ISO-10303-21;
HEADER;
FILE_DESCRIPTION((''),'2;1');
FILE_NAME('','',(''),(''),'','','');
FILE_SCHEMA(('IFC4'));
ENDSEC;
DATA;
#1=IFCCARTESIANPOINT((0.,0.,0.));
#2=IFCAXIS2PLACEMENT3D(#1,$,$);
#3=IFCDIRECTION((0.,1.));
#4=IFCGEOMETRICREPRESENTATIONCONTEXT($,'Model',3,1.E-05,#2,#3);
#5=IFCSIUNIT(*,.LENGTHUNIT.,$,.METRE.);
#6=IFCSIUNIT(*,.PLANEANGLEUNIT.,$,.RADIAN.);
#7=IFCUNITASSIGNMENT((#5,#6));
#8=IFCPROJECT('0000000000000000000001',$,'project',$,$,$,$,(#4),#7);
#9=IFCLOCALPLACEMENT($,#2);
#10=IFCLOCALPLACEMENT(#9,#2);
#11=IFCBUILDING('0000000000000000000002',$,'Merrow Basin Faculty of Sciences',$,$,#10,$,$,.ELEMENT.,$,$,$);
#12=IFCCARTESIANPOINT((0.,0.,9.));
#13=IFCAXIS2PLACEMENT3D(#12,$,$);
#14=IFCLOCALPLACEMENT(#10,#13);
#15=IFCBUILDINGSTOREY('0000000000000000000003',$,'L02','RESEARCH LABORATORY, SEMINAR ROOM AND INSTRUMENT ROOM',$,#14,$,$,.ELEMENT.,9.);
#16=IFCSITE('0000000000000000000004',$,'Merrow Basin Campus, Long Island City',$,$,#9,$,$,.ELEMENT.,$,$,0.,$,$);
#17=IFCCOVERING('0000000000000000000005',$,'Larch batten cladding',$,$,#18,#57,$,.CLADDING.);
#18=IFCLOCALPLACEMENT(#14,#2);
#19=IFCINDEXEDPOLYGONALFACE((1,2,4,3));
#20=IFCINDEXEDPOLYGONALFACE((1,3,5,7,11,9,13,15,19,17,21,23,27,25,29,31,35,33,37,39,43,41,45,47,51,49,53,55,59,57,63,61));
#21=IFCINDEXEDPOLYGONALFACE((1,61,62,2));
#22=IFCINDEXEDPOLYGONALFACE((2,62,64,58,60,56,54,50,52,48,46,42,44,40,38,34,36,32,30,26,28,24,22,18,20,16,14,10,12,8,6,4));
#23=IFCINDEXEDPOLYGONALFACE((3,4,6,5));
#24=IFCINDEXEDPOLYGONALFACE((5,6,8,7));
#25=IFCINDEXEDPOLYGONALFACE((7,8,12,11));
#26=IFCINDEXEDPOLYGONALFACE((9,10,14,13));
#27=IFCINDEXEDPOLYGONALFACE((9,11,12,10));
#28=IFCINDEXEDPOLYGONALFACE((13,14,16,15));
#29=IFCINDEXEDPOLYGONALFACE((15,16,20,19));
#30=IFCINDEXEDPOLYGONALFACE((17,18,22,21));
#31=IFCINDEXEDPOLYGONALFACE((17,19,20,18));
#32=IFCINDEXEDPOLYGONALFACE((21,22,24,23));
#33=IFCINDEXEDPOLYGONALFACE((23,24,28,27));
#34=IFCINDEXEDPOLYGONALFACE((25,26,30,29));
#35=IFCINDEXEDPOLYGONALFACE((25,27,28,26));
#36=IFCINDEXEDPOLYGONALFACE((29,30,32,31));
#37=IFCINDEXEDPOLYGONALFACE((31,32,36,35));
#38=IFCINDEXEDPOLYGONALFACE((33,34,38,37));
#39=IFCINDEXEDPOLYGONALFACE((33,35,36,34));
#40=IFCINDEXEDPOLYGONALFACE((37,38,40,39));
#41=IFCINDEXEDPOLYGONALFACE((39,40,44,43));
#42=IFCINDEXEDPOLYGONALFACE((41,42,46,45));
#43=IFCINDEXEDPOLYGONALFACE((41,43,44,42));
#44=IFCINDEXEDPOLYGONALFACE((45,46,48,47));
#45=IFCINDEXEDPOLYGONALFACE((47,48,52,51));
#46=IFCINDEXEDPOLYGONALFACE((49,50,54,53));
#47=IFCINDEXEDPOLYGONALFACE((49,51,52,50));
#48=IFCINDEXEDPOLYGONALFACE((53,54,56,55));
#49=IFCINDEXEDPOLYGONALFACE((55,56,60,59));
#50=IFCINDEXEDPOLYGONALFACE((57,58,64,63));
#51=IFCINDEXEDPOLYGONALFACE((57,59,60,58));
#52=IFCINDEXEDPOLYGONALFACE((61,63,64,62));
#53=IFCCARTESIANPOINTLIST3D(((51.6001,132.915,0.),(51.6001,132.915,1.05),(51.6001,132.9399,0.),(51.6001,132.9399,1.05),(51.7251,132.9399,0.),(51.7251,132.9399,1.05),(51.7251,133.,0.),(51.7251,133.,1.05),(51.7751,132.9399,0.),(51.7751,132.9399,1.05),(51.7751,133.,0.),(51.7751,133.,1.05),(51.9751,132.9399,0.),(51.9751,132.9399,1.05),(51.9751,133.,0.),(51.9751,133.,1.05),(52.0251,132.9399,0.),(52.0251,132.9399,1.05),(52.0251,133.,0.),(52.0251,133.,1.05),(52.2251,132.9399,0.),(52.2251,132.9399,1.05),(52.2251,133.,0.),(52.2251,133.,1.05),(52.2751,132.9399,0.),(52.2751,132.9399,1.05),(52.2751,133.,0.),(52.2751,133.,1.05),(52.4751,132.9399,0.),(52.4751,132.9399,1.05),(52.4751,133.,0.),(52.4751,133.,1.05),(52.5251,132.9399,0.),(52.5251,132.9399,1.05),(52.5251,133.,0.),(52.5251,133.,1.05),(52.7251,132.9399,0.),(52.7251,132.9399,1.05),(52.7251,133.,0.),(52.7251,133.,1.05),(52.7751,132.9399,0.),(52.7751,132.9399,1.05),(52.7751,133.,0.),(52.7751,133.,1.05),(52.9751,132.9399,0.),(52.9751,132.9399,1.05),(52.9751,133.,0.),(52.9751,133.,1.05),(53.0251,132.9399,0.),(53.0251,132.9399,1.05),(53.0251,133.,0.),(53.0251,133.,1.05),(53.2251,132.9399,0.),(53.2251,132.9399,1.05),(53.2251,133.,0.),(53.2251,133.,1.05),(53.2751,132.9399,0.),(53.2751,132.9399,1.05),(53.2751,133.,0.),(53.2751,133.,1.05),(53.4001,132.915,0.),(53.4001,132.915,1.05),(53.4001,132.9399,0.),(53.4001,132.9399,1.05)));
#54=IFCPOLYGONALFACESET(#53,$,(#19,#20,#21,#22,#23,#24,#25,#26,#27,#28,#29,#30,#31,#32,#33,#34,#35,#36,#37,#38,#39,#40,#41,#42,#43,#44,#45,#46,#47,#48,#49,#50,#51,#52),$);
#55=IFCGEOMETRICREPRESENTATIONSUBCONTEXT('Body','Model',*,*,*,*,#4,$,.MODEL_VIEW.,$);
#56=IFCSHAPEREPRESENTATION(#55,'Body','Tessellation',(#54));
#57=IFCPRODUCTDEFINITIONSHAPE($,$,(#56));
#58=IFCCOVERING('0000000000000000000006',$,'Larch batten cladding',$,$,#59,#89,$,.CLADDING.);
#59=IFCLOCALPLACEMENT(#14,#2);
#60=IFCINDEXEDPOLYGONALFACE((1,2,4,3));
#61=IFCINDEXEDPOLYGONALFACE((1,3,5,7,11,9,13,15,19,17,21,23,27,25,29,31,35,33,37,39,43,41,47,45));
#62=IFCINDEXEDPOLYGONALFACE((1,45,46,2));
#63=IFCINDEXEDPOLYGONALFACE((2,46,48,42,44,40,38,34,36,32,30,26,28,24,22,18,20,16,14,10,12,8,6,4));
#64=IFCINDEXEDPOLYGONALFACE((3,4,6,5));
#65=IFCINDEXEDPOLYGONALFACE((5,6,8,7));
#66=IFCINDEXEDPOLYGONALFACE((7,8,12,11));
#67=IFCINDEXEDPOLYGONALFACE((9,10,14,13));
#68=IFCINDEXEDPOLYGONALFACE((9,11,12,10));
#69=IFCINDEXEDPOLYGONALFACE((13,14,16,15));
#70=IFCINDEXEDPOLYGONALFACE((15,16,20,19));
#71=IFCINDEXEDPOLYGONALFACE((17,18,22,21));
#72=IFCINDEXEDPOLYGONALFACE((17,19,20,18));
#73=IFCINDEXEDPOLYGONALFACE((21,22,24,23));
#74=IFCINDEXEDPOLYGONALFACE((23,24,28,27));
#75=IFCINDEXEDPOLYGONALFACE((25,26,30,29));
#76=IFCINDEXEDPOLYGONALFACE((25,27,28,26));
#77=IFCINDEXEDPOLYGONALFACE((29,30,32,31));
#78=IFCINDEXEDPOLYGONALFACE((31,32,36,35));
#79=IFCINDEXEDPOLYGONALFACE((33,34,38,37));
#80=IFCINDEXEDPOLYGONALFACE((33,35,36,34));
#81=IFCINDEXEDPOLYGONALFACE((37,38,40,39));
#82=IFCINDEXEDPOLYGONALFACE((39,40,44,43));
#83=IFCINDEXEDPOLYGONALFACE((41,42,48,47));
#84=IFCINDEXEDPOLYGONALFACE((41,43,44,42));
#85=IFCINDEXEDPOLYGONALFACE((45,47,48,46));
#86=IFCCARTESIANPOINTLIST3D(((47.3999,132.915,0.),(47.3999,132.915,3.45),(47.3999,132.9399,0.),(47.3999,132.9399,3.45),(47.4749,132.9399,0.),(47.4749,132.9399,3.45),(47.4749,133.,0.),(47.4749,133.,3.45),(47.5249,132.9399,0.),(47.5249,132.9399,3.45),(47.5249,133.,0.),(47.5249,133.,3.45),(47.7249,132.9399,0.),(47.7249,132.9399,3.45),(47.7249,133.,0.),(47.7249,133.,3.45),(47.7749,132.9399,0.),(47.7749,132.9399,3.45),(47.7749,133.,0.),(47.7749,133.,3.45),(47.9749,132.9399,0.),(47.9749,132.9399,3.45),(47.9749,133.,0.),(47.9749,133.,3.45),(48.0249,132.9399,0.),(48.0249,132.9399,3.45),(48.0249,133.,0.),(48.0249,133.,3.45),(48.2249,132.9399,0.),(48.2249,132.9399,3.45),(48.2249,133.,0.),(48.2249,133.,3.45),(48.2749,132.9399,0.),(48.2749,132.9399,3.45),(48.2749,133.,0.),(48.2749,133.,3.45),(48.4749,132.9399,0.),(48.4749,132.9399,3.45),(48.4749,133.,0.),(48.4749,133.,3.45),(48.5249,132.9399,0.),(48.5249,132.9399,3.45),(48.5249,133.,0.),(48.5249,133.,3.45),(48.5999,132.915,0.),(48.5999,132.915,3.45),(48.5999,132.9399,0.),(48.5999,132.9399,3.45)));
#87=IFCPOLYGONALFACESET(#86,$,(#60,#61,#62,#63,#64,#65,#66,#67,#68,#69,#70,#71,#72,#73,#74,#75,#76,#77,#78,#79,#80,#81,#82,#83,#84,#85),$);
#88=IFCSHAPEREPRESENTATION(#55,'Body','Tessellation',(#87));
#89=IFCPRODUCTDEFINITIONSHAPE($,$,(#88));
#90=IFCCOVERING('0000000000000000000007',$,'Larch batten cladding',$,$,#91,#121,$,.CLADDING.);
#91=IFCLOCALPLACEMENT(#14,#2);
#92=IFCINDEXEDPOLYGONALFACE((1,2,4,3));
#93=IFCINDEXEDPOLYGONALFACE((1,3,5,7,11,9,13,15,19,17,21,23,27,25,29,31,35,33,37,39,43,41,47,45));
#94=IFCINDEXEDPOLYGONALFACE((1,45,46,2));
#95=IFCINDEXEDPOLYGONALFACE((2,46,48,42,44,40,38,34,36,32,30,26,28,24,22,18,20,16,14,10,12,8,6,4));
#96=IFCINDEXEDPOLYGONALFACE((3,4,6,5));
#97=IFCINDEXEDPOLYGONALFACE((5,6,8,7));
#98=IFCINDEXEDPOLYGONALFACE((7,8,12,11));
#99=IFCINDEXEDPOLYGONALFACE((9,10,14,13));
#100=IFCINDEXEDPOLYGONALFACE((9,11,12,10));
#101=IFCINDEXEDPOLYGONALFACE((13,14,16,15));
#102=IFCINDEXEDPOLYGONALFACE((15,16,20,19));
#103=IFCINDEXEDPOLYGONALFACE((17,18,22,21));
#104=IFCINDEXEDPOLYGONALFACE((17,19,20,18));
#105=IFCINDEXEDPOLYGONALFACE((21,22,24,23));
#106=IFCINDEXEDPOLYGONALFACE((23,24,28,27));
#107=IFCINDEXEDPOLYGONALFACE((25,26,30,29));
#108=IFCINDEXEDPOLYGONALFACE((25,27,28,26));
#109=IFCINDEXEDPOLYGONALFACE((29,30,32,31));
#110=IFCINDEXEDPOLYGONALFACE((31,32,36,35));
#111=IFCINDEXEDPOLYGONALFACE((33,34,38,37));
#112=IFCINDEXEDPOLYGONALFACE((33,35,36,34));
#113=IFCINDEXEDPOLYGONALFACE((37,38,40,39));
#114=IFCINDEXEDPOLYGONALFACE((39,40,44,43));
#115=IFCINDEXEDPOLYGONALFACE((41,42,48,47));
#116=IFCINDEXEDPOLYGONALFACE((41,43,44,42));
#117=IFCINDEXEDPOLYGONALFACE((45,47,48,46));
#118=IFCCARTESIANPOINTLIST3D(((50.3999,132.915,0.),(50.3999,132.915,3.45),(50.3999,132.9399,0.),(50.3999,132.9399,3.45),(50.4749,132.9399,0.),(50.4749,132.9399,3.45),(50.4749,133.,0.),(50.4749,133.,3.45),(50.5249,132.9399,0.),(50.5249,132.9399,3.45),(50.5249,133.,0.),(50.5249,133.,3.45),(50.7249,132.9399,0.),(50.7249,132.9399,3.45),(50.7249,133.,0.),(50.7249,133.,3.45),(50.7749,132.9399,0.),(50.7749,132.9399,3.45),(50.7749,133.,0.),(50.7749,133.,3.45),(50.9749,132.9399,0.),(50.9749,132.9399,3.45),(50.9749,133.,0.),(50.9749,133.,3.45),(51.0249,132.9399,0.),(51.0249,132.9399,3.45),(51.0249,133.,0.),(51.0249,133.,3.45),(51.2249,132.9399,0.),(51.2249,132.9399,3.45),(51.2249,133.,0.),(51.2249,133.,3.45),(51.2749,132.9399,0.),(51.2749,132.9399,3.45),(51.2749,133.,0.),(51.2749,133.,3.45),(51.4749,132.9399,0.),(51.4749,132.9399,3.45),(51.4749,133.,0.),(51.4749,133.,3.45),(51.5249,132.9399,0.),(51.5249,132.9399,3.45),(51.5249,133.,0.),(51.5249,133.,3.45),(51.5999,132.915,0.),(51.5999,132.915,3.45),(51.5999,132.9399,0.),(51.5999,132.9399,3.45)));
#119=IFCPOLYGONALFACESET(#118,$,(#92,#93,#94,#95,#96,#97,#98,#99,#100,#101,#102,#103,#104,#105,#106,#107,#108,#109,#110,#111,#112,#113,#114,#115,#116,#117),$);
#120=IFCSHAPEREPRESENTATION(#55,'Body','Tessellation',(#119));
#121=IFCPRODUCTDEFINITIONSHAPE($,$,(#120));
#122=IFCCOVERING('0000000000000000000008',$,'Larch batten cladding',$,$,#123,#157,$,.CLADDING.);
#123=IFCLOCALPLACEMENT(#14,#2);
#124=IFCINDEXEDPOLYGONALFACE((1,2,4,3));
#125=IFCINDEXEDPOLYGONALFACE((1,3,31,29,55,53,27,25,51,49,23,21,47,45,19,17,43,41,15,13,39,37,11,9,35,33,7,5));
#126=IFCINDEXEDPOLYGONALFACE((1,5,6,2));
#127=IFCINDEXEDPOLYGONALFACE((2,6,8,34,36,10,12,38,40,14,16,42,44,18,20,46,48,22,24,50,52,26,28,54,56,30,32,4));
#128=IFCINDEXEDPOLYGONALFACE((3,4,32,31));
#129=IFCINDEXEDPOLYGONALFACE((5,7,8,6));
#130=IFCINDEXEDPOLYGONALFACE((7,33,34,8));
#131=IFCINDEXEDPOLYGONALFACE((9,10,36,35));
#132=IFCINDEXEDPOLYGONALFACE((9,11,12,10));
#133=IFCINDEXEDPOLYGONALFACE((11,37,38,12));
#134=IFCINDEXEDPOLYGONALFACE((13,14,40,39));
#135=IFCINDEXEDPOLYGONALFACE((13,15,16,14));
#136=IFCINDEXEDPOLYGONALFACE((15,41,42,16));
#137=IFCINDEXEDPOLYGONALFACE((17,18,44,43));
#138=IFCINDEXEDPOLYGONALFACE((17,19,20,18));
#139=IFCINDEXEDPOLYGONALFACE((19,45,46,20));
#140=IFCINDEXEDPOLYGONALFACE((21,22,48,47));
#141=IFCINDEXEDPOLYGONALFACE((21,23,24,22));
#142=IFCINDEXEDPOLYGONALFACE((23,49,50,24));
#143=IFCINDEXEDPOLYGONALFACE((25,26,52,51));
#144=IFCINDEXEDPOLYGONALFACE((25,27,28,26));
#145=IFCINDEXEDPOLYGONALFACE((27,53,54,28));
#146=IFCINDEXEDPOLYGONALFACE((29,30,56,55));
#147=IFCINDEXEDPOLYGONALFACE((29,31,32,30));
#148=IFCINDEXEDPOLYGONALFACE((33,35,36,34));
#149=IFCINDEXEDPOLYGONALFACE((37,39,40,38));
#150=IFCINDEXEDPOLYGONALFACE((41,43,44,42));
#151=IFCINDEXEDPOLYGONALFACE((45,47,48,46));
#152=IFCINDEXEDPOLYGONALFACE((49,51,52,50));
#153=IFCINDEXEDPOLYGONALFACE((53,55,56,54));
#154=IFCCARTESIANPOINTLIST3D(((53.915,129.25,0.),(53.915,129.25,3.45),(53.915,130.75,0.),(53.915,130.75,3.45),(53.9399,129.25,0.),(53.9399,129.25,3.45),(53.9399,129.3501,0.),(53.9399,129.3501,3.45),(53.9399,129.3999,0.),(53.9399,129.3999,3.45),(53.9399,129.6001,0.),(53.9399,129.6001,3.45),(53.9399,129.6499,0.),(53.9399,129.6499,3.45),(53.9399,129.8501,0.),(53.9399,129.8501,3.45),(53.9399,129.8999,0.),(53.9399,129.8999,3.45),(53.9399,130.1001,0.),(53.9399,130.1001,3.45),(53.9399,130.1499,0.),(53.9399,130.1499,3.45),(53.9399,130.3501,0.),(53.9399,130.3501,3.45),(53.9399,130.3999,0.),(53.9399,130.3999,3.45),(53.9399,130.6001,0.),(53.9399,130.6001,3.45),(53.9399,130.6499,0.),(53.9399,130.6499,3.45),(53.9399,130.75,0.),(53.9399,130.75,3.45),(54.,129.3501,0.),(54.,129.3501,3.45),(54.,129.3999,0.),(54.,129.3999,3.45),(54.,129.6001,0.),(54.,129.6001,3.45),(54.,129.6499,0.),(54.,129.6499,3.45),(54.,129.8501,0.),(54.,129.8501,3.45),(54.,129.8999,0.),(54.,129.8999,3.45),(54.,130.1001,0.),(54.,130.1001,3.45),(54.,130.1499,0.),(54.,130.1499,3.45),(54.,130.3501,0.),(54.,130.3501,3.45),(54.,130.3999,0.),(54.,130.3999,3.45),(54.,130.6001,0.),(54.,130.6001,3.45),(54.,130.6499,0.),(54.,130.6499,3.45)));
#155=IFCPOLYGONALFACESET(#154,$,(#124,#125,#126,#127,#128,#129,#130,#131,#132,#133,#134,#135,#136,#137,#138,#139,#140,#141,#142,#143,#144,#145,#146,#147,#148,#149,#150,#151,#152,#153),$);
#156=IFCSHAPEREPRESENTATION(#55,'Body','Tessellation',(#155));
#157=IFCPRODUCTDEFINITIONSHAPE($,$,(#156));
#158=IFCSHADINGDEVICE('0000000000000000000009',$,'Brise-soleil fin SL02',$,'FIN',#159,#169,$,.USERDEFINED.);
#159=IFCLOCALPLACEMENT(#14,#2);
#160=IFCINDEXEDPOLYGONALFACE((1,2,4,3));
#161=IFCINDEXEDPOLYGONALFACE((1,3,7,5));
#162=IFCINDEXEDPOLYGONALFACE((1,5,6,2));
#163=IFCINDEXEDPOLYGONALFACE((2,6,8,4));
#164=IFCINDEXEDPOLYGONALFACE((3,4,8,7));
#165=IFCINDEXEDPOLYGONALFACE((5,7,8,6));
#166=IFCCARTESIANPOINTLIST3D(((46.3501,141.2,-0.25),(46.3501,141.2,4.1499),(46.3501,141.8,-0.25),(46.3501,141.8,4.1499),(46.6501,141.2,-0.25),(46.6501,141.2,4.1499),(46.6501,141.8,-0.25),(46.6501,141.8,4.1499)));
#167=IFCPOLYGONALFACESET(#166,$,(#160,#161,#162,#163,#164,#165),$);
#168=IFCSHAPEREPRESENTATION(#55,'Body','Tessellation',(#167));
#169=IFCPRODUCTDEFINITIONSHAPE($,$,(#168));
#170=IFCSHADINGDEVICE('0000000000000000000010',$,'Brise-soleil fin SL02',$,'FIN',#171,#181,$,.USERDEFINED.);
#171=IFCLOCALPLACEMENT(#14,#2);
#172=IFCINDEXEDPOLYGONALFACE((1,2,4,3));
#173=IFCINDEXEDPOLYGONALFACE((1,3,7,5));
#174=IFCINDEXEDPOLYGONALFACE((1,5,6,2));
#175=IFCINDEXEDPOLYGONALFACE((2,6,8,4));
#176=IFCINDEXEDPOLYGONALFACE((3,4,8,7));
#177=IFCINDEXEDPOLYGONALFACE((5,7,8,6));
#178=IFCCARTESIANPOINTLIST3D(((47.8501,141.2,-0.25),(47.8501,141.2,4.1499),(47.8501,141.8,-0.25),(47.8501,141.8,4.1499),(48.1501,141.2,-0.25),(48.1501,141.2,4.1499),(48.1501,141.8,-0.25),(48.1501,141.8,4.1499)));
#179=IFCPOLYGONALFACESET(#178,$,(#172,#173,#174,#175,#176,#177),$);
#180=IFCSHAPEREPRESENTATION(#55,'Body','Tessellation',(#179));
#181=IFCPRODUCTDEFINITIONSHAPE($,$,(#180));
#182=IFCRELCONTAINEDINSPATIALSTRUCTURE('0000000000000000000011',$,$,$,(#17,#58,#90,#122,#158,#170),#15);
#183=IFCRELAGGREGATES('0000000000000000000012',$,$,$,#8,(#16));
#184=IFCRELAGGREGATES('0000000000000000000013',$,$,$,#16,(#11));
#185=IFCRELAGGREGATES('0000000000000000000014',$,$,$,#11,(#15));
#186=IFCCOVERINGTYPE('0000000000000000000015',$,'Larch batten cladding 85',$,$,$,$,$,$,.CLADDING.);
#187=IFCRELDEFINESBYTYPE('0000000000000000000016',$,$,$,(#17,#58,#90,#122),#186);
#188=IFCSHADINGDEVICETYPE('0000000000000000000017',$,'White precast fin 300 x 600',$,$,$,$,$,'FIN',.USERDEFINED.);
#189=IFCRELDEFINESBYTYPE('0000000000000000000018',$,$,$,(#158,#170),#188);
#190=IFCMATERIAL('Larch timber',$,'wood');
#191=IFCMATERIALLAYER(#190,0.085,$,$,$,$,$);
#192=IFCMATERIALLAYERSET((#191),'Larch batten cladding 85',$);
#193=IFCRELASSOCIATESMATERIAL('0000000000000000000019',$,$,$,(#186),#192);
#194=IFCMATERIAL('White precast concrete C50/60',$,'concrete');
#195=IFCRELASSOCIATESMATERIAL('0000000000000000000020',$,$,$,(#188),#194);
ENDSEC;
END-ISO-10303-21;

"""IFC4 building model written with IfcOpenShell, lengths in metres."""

from ifc_helpers import new_model, si_unit, direction, frame, origin, place, context, subcontext, project, spatial, polyline, outline, extrude, source, transform, mapped, material, layer, layer_set, type_object, element, save


model = new_model("IFC4")

# Units and contexts
model_context = context("Model", 3, precision=1e-05, world=origin(), true_north=direction((0.0, 1.0)))
body_context = subcontext(model_context, "Body", "Model", "MODEL_VIEW")
ifc_project = project(units=[si_unit("LENGTHUNIT", "METRE"), si_unit("PLANEANGLEUNIT", "RADIAN")], contexts=[model_context])

# Site, building, storey
site_placement = place(None, origin())
site = spatial("IfcSite", under=ifc_project, at=site_placement, Name="Merrow Basin Campus, Long Island City", CompositionType="ELEMENT", RefElevation=0.0)
building_placement = place(site_placement, origin())
building = spatial("IfcBuilding", under=site, at=building_placement, Name="Merrow Basin Faculty of Sciences", CompositionType="ELEMENT")
storey_placement = place(building_placement, frame((0.0, 0.0, 9.0)))
storey = spatial("IfcBuildingStorey", under=building, at=storey_placement, Name="L02", Description="RESEARCH LABORATORY, SEMINAR ROOM AND INSTRUMENT ROOM", CompositionType="ELEMENT", Elevation=9.0)

# Coverings
ifc_material_1 = material(Name="Larch timber", Category="wood")
ifc_layer_1 = layer(ifc_material_1, 0.085)
ifc_layer_set_1 = layer_set([ifc_layer_1], Name="Larch batten cladding 85")
covering_type = type_object("IfcCoveringType", Name="Larch batten cladding 85", PredefinedType="CLADDING", material=ifc_layer_set_1)
shared_shape_1 = source(origin(), body_context, "Body", "SweptSolid", [
    extrude(outline(polyline([(0.0, 0.0), (1.8, 0.0), (1.8, 0.0249), (1.675, 0.0249), (1.675, 0.085), (1.625, 0.085), (1.625, 0.0249), (1.425, 0.0249), (1.425, 0.085), (1.375, 0.085), (1.375, 0.0249), (1.175, 0.0249), (1.175, 0.085), (1.125, 0.085), (1.125, 0.0249), (0.925, 0.0249), (0.925, 0.085), (0.875, 0.085), (0.875, 0.0249), (0.675, 0.0249), (0.675, 0.085), (0.625, 0.085), (0.625, 0.0249), (0.425, 0.0249), (0.425, 0.085), (0.375, 0.085), (0.375, 0.0249), (0.175, 0.0249), (0.175, 0.085), (0.125, 0.085), (0.125, 0.0249), (0.0, 0.0249), (0.0, 0.0)])), origin(), (0.0, 0.0, 1.0), 1.05),
])
for number, where, z_axis, x_axis, name in (
    (1, (51.6001, 132.915, 0.0), (0.0, 0.0, 1.0), (1.0, 0.0, 0.0), "Larch batten cladding"),
):
    element("IfcCovering", number, at=place(storey_placement, frame(where, z_axis=z_axis, x_axis=x_axis)), inside=storey, type_object=covering_type, Name=name, PredefinedType="CLADDING", context=body_context, shape_type="MappedRepresentation", body=[
        mapped(shared_shape_1, transform((0.0, 0.0, 0.0), scale=1.0)),
    ])
shared_shape_2 = source(origin(), body_context, "Body", "SweptSolid", [
    extrude(outline(polyline([(0.0, 0.0), (1.2, 0.0), (1.2, 0.0249), (1.125, 0.0249), (1.125, 0.085), (1.075, 0.085), (1.075, 0.0249), (0.875, 0.0249), (0.875, 0.085), (0.825, 0.085), (0.825, 0.0249), (0.625, 0.0249), (0.625, 0.085), (0.575, 0.085), (0.575, 0.0249), (0.375, 0.0249), (0.375, 0.085), (0.325, 0.085), (0.325, 0.0249), (0.125, 0.0249), (0.125, 0.085), (0.075, 0.085), (0.075, 0.0249), (0.0, 0.0249), (0.0, 0.0)])), origin(), (0.0, 0.0, 1.0), 3.45),
])
for number, where, z_axis, x_axis, name in (
    (2, (47.3999, 132.915, 0.0), (0.0, 0.0, 1.0), (1.0, 0.0, 0.0), "Larch batten cladding"),
    (3, (50.3999, 132.915, 0.0), (0.0, 0.0, 1.0), (1.0, 0.0, 0.0), "Larch batten cladding"),
):
    element("IfcCovering", number, at=place(storey_placement, frame(where, z_axis=z_axis, x_axis=x_axis)), inside=storey, type_object=covering_type, Name=name, PredefinedType="CLADDING", context=body_context, shape_type="MappedRepresentation", body=[
        mapped(shared_shape_2, transform((0.0, 0.0, 0.0), scale=1.0)),
    ])
shared_shape_3 = source(origin(), body_context, "Body", "SweptSolid", [
    extrude(outline(polyline([(0.0, 0.0), (1.5, 0.0), (1.5, 0.0249), (1.3999, 0.0249), (1.3999, 0.085), (1.3501, 0.085), (1.3501, 0.0249), (1.1499, 0.0249), (1.1499, 0.085), (1.1001, 0.085), (1.1001, 0.0249), (0.8999, 0.0249), (0.8999, 0.085), (0.8501, 0.085), (0.8501, 0.0249), (0.6499, 0.0249), (0.6499, 0.085), (0.6001, 0.085), (0.6001, 0.0249), (0.3999, 0.0249), (0.3999, 0.085), (0.3501, 0.085), (0.3501, 0.0249), (0.1499, 0.0249), (0.1499, 0.085), (0.1001, 0.085), (0.1001, 0.0249), (0.0, 0.0249), (0.0, 0.0)])), origin(), (0.0, 0.0, 1.0), 3.45),
])
covering_1_placement = place(storey_placement, frame((53.915, 130.75, 0.0), z_axis=(0.0, 0.0, 1.0), x_axis=(0.0, -1.0, 0.0)))
element("IfcCovering", 4, at=covering_1_placement, inside=storey, type_object=covering_type, Name="Larch batten cladding", PredefinedType="CLADDING", context=body_context, shape_type="MappedRepresentation", body=[
    mapped(shared_shape_3, transform((0.0, 0.0, 0.0), scale=1.0)),
])

# Shading devices
ifc_material_2 = material(Name="White precast concrete C50/60", Category="concrete")
shading_device_type = type_object("IfcShadingDeviceType", Name="White precast fin 300 x 600", ElementType="FIN", PredefinedType="USERDEFINED", material=ifc_material_2)
shared_shape_4 = source(origin(), body_context, "Body", "SweptSolid", [
    extrude(outline(polyline([(0.0, 0.0), (0.3, 0.0), (0.3, 4.3999), (0.0, 4.3999), (0.0, 0.0)])), origin(), (0.0, 0.0, 1.0), 0.6001),
])
for number, where, z_axis, x_axis, name in (
    (5, (46.3501, 141.8, -0.25), (0.0, -1.0, 0.0), (1.0, 0.0, 0.0), "Brise-soleil fin SL02"),
    (6, (47.8501, 141.8, -0.25), (0.0, -1.0, 0.0), (1.0, 0.0, 0.0), "Brise-soleil fin SL02"),
):
    element("IfcShadingDevice", number, at=place(storey_placement, frame(where, z_axis=z_axis, x_axis=x_axis)), inside=storey, type_object=shading_device_type, Name=name, ObjectType="FIN", PredefinedType="USERDEFINED", context=body_context, shape_type="MappedRepresentation", body=[
        mapped(shared_shape_4, transform((0.0, 0.0, 0.0), scale=1.0)),
    ])

save(model, "model.ifc")
